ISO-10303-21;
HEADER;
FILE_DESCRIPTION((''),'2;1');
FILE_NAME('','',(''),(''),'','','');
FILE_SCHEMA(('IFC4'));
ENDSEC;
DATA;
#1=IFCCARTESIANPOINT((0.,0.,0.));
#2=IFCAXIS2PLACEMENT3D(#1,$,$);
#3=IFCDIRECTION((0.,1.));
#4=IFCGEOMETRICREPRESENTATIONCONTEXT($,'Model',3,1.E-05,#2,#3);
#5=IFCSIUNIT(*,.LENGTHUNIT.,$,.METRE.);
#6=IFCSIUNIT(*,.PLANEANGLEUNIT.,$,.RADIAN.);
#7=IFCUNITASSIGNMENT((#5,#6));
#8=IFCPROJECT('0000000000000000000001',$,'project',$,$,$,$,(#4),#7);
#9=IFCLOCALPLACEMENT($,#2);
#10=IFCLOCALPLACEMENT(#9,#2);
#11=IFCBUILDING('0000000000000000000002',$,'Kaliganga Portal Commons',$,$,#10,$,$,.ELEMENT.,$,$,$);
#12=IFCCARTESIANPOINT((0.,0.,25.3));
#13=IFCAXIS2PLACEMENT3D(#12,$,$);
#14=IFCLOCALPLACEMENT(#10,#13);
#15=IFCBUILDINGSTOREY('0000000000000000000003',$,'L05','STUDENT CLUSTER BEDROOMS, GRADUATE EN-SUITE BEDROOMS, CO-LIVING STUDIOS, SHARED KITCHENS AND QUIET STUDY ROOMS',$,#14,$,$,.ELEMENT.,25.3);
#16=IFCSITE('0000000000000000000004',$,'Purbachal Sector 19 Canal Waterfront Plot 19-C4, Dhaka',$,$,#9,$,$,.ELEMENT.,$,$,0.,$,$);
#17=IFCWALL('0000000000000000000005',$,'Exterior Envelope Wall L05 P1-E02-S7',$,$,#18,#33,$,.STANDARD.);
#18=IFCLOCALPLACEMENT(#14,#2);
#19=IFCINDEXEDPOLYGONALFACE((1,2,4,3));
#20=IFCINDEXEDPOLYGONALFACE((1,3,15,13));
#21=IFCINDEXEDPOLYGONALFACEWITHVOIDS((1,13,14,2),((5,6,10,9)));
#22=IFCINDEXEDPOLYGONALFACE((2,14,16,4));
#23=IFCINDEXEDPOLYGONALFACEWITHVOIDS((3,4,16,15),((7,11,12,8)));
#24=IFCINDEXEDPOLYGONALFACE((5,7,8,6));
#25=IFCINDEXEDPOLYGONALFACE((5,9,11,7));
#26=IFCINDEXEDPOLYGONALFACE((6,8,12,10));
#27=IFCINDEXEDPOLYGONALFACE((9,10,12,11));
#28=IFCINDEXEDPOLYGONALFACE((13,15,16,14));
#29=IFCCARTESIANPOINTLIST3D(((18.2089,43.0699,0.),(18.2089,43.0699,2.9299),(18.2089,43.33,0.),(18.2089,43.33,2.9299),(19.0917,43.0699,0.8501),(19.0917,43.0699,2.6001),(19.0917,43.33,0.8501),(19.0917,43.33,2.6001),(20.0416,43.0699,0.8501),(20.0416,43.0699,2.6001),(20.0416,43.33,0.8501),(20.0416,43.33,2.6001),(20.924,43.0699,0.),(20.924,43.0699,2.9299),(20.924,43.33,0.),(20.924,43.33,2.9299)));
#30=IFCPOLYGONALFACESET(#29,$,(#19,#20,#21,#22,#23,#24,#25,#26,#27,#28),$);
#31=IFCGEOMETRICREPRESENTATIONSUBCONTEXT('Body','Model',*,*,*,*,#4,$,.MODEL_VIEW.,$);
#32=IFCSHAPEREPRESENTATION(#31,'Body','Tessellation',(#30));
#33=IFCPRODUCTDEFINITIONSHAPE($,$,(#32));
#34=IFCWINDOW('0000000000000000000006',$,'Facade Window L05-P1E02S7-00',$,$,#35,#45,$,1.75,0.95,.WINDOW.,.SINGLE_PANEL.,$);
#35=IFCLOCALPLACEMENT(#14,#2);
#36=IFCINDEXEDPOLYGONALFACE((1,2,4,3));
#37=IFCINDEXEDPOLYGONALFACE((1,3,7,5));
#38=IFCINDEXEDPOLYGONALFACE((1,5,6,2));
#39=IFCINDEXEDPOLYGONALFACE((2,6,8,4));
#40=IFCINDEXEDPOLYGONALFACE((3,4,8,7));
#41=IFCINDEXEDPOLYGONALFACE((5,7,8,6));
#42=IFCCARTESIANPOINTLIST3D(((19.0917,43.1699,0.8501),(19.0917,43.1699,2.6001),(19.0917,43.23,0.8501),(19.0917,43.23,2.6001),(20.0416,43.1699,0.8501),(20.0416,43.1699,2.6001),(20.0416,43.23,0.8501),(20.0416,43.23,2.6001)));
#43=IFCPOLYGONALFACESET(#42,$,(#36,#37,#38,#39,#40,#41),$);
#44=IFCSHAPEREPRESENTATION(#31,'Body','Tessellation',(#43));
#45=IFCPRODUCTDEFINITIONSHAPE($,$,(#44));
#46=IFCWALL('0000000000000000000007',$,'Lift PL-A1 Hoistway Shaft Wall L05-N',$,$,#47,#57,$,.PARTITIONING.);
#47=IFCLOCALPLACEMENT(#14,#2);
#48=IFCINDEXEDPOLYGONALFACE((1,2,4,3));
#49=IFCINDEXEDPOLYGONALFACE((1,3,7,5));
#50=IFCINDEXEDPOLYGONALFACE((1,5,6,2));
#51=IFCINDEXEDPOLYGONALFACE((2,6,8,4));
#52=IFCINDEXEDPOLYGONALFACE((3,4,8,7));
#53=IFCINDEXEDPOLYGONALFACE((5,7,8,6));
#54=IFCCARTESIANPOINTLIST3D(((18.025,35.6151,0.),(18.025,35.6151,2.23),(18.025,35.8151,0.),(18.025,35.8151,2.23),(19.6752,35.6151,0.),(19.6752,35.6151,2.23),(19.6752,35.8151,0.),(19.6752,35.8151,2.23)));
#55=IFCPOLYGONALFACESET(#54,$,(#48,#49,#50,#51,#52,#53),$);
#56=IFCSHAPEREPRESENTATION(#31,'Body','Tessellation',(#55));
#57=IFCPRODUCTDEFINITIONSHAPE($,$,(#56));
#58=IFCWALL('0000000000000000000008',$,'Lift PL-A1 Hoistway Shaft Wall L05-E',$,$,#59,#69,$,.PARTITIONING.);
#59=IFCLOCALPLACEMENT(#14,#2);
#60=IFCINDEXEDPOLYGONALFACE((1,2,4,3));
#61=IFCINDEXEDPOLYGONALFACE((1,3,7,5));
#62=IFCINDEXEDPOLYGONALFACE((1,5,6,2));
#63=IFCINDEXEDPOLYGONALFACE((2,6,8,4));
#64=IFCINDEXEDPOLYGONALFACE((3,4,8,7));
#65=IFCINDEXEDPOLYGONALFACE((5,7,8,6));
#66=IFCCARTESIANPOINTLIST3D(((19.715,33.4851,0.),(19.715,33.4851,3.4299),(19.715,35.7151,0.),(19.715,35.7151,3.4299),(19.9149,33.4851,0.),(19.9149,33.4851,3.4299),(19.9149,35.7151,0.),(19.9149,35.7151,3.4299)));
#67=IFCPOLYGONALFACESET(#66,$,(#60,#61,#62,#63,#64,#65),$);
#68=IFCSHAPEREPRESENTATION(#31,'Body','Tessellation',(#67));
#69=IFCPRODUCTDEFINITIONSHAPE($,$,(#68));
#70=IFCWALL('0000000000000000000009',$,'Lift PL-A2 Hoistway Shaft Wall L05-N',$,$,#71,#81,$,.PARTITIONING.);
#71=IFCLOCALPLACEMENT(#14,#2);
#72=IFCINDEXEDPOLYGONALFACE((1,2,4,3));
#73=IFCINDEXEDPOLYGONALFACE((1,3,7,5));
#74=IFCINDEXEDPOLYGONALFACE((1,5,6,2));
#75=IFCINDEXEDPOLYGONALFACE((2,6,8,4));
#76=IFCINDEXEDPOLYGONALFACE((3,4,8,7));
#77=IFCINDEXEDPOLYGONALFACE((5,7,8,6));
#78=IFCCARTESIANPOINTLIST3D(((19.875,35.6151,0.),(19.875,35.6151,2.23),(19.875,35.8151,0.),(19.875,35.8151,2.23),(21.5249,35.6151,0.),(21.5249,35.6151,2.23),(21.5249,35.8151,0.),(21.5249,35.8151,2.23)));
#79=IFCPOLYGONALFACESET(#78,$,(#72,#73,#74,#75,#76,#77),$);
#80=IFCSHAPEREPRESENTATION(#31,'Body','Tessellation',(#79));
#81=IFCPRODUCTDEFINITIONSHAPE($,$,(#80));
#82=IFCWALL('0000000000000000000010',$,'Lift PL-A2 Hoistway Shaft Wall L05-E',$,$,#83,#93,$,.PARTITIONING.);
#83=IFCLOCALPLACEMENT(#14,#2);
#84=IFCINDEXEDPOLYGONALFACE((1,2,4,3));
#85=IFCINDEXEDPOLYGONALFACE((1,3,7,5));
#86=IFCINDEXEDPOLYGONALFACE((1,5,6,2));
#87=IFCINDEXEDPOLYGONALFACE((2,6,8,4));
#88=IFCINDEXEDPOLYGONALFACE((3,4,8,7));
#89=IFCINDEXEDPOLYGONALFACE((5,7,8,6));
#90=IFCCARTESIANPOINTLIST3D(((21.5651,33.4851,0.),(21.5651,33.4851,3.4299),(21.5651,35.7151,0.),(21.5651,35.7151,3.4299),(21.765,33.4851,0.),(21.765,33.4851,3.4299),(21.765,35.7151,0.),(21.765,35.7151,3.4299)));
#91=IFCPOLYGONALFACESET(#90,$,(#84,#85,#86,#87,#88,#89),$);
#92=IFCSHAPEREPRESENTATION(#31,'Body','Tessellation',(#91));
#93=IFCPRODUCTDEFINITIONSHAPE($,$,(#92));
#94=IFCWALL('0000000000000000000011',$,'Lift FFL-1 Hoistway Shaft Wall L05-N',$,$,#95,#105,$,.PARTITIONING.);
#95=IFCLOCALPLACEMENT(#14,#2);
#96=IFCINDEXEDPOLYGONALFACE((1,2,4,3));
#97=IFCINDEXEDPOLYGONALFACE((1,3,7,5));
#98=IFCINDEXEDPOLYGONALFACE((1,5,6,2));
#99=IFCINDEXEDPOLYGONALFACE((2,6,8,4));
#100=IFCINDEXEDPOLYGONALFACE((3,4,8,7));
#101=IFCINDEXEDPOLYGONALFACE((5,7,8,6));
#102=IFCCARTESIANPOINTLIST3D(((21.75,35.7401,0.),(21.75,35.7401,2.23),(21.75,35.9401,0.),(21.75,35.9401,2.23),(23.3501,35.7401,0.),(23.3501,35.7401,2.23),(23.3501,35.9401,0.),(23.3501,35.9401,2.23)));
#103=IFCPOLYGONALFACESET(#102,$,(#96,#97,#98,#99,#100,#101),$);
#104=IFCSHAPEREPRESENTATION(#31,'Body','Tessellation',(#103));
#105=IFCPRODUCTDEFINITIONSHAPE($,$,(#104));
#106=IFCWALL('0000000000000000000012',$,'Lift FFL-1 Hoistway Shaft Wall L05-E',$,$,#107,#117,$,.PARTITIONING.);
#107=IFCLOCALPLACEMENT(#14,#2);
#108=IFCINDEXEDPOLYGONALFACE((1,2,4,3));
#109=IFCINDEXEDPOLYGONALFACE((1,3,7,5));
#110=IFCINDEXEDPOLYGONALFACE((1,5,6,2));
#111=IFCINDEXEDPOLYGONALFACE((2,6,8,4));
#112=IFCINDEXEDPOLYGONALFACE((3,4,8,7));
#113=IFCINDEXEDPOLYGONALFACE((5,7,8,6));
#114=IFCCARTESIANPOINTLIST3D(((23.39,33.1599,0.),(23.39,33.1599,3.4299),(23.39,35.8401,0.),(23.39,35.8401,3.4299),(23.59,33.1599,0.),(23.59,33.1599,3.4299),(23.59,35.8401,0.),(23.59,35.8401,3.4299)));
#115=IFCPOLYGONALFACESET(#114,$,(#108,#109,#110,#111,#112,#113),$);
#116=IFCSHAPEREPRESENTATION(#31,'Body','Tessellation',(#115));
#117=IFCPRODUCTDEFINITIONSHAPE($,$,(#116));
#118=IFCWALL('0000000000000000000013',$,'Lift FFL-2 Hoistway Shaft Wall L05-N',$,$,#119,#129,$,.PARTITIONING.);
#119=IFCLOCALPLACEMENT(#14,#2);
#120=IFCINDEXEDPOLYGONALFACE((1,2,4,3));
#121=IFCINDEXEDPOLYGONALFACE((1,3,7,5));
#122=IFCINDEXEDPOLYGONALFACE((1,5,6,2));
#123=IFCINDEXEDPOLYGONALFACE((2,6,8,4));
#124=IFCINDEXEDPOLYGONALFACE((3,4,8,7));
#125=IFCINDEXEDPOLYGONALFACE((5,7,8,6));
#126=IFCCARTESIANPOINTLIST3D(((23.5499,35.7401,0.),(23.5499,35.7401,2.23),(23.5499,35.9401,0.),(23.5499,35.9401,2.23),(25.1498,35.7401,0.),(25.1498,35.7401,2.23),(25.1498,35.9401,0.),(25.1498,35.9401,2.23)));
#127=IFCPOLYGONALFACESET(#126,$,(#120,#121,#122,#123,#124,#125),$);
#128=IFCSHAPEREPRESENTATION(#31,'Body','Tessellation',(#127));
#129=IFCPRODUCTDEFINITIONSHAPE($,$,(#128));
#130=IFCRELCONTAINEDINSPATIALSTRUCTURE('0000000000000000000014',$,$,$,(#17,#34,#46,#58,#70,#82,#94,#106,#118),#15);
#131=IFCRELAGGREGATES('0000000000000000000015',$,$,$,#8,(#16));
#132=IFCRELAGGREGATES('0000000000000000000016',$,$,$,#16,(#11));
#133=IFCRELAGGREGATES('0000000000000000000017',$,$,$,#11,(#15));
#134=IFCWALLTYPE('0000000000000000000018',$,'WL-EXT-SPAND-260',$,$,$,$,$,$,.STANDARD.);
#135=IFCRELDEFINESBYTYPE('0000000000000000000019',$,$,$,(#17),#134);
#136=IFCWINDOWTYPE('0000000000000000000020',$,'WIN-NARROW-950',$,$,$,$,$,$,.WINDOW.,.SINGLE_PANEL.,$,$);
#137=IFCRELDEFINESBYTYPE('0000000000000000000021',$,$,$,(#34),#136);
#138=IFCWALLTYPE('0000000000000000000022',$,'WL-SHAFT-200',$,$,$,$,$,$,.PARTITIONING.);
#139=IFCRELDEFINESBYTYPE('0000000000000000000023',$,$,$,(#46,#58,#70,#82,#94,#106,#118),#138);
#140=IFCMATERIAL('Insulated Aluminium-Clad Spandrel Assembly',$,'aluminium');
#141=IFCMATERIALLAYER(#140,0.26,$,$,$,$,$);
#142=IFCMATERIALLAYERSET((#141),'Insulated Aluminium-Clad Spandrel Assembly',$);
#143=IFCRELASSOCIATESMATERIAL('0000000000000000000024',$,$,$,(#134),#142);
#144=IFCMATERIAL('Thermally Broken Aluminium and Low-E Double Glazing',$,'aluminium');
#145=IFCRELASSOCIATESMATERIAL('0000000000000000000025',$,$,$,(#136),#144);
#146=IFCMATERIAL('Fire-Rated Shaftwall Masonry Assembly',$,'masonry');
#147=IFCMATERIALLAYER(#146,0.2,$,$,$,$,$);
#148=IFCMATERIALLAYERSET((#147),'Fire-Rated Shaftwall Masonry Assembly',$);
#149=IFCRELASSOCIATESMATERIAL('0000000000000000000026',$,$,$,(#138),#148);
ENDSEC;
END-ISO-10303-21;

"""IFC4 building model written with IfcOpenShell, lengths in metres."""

from ifc_helpers import new_model, si_unit, direction, frame, frame_2d, origin, place, context, subcontext, project, spatial, rectangle, extrude, material, layer, layer_set, type_object, element, fill, save


model = new_model("IFC4")

# Units and contexts
model_context = context("Model", 3, precision=1e-05, world=origin(), true_north=direction((0.0, 1.0)))
body_context = subcontext(model_context, "Body", "Model", "MODEL_VIEW")
ifc_project = project(units=[si_unit("LENGTHUNIT", "METRE"), si_unit("PLANEANGLEUNIT", "RADIAN")], contexts=[model_context])

# Site, building, storey
site_placement = place(None, origin())
site = spatial("IfcSite", under=ifc_project, at=site_placement, Name="Purbachal Sector 19 Canal Waterfront Plot 19-C4, Dhaka", CompositionType="ELEMENT", RefElevation=0.0)
building_placement = place(site_placement, origin())
building = spatial("IfcBuilding", under=site, at=building_placement, Name="Kaliganga Portal Commons", CompositionType="ELEMENT")
storey_placement = place(building_placement, frame((0.0, 0.0, 25.3)))
storey = spatial("IfcBuildingStorey", under=building, at=storey_placement, Name="L05", Description="STUDENT CLUSTER BEDROOMS, GRADUATE EN-SUITE BEDROOMS, CO-LIVING STUDIOS, SHARED KITCHENS AND QUIET STUDY ROOMS", CompositionType="ELEMENT", Elevation=25.3)

# Wall, opening, window
ifc_material_1 = material(Name="Insulated Aluminium-Clad Spandrel Assembly", Category="aluminium")
ifc_layer_1 = layer(ifc_material_1, 0.26)
ifc_layer_set_1 = layer_set([ifc_layer_1], Name="Insulated Aluminium-Clad Spandrel Assembly")
wall_type_1 = type_object("IfcWallType", Name="WL-EXT-SPAND-260", PredefinedType="STANDARD", material=ifc_layer_set_1)
ifc_material_2 = material(Name="Thermally Broken Aluminium and Low-E Double Glazing", Category="aluminium")
window_type = type_object("IfcWindowType", Name="WIN-NARROW-950", PartitioningType="SINGLE_PANEL", PredefinedType="WINDOW", material=ifc_material_2)
wall_1_placement = place(storey_placement, frame((18.209, 43.2, 0.0), z_axis=(0.0, 0.0, 1.0), x_axis=(1.0, 0.0, 0.0)))
wall_1 = element("IfcWall", 1, at=wall_1_placement, inside=storey, type_object=wall_type_1, Name="Exterior Envelope Wall L05 P1-E02-S7", PredefinedType="STANDARD", context=body_context, shape_type="SweptSolid", body=[
    extrude(rectangle(XDim=2.7151, YDim=0.26, at=frame_2d((1.3574, 0.0))), origin(), (0.0, 0.0, 1.0), 2.9299),
])
opening_1_placement = place(wall_1_placement, frame((0.8826, 0.0, 0.8501)))
opening_1 = element("IfcOpeningElement", 2, at=opening_1_placement, cuts=wall_1, PredefinedType="OPENING", context=body_context, shape_type="SweptSolid", body=[
    extrude(rectangle(XDim=0.95, YDim=1.75, at=frame_2d((0.4751, 0.875))), frame((0.0, 0.1401, 0.0), z_axis=(0.0, -1.0, 0.0), x_axis=(1.0, 0.0, 0.0)), (0.0, 0.0, 1.0), 0.28),
])
window_1_placement = place(opening_1_placement, origin())
window_1 = element("IfcWindow", 3, at=window_1_placement, inside=storey, type_object=window_type, Name="Facade Window L05-P1E02S7-00", OverallHeight=1.75, OverallWidth=0.95, PartitioningType="SINGLE_PANEL", PredefinedType="WINDOW", context=body_context, shape_type="SweptSolid", body=[
    extrude(rectangle(XDim=0.95, YDim=1.75, at=frame_2d((0.4751, 0.875))), frame((0.0, 0.03, 0.0), z_axis=(0.0, -1.0, 0.0), x_axis=(1.0, 0.0, 0.0)), (0.0, 0.0, 1.0), 0.0601),
])
fill(opening_1, window_1)

# Walls
ifc_material_3 = material(Name="Fire-Rated Shaftwall Masonry Assembly", Category="masonry")
ifc_layer_2 = layer(ifc_material_3, 0.2)
ifc_layer_set_2 = layer_set([ifc_layer_2], Name="Fire-Rated Shaftwall Masonry Assembly")
wall_type_2 = type_object("IfcWallType", Name="WL-SHAFT-200", PredefinedType="PARTITIONING", material=ifc_layer_set_2)
wall_2_placement = place(storey_placement, frame((18.0249, 35.7151, 0.0), z_axis=(0.0, 0.0, 1.0), x_axis=(1.0, 0.0, 0.0)))
element("IfcWall", 4, at=wall_2_placement, inside=storey, type_object=wall_type_2, Name="Lift PL-A1 Hoistway Shaft Wall L05-N", PredefinedType="PARTITIONING", context=body_context, shape_type="SweptSolid", body=[
    extrude(rectangle(XDim=1.6501, YDim=0.2, at=frame_2d((0.8252, 0.0))), origin(), (0.0, 0.0, 1.0), 2.23),
])
wall_3_placement = place(storey_placement, frame((19.8149, 33.4851, 0.0), z_axis=(0.0, 0.0, 1.0), x_axis=(0.0, 1.0, 0.0)))
element("IfcWall", 5, at=wall_3_placement, inside=storey, type_object=wall_type_2, Name="Lift PL-A1 Hoistway Shaft Wall L05-E", PredefinedType="PARTITIONING", context=body_context, shape_type="SweptSolid", body=[
    extrude(rectangle(XDim=2.23, YDim=0.2, at=frame_2d((1.115, 0.0))), origin(), (0.0, 0.0, 1.0), 3.4299),
])

# Walls
wall_4_placement = place(storey_placement, frame((19.875, 35.7151, 0.0), z_axis=(0.0, 0.0, 1.0), x_axis=(1.0, 0.0, 0.0)))
element("IfcWall", 6, at=wall_4_placement, inside=storey, type_object=wall_type_2, Name="Lift PL-A2 Hoistway Shaft Wall L05-N", PredefinedType="PARTITIONING", context=body_context, shape_type="SweptSolid", body=[
    extrude(rectangle(XDim=1.6499, YDim=0.2, at=frame_2d((0.825, 0.0))), origin(), (0.0, 0.0, 1.0), 2.23),
])
wall_5_placement = place(storey_placement, frame((21.665, 33.4851, 0.0), z_axis=(0.0, 0.0, 1.0), x_axis=(0.0, 1.0, 0.0)))
element("IfcWall", 7, at=wall_5_placement, inside=storey, type_object=wall_type_2, Name="Lift PL-A2 Hoistway Shaft Wall L05-E", PredefinedType="PARTITIONING", context=body_context, shape_type="SweptSolid", body=[
    extrude(rectangle(XDim=2.23, YDim=0.2, at=frame_2d((1.115, 0.0))), origin(), (0.0, 0.0, 1.0), 3.4299),
])

# Walls
wall_6_placement = place(storey_placement, frame((21.75, 35.8401, 0.0), z_axis=(0.0, 0.0, 1.0), x_axis=(1.0, 0.0, 0.0)))
element("IfcWall", 8, at=wall_6_placement, inside=storey, type_object=wall_type_2, Name="Lift FFL-1 Hoistway Shaft Wall L05-N", PredefinedType="PARTITIONING", context=body_context, shape_type="SweptSolid", body=[
    extrude(rectangle(XDim=1.6001, YDim=0.2, at=frame_2d((0.8, 0.0))), origin(), (0.0, 0.0, 1.0), 2.23),
])
wall_7_placement = place(storey_placement, frame((23.49, 33.1599, 0.0), z_axis=(0.0, 0.0, 1.0), x_axis=(0.0, 1.0, 0.0)))
element("IfcWall", 9, at=wall_7_placement, inside=storey, type_object=wall_type_2, Name="Lift FFL-1 Hoistway Shaft Wall L05-E", PredefinedType="PARTITIONING", context=body_context, shape_type="SweptSolid", body=[
    extrude(rectangle(XDim=2.6802, YDim=0.2, at=frame_2d((1.3401, 0.0))), origin(), (0.0, 0.0, 1.0), 3.4299),
])

# Wall
wall_8_placement = place(storey_placement, frame((23.55, 35.8401, 0.0), z_axis=(0.0, 0.0, 1.0), x_axis=(1.0, 0.0, 0.0)))
element("IfcWall", 10, at=wall_8_placement, inside=storey, type_object=wall_type_2, Name="Lift FFL-2 Hoistway Shaft Wall L05-N", PredefinedType="PARTITIONING", context=body_context, shape_type="SweptSolid", body=[
    extrude(rectangle(XDim=1.5999, YDim=0.2, at=frame_2d((0.7998, 0.0))), origin(), (0.0, 0.0, 1.0), 2.23),
])

save(model, "model.ifc")
